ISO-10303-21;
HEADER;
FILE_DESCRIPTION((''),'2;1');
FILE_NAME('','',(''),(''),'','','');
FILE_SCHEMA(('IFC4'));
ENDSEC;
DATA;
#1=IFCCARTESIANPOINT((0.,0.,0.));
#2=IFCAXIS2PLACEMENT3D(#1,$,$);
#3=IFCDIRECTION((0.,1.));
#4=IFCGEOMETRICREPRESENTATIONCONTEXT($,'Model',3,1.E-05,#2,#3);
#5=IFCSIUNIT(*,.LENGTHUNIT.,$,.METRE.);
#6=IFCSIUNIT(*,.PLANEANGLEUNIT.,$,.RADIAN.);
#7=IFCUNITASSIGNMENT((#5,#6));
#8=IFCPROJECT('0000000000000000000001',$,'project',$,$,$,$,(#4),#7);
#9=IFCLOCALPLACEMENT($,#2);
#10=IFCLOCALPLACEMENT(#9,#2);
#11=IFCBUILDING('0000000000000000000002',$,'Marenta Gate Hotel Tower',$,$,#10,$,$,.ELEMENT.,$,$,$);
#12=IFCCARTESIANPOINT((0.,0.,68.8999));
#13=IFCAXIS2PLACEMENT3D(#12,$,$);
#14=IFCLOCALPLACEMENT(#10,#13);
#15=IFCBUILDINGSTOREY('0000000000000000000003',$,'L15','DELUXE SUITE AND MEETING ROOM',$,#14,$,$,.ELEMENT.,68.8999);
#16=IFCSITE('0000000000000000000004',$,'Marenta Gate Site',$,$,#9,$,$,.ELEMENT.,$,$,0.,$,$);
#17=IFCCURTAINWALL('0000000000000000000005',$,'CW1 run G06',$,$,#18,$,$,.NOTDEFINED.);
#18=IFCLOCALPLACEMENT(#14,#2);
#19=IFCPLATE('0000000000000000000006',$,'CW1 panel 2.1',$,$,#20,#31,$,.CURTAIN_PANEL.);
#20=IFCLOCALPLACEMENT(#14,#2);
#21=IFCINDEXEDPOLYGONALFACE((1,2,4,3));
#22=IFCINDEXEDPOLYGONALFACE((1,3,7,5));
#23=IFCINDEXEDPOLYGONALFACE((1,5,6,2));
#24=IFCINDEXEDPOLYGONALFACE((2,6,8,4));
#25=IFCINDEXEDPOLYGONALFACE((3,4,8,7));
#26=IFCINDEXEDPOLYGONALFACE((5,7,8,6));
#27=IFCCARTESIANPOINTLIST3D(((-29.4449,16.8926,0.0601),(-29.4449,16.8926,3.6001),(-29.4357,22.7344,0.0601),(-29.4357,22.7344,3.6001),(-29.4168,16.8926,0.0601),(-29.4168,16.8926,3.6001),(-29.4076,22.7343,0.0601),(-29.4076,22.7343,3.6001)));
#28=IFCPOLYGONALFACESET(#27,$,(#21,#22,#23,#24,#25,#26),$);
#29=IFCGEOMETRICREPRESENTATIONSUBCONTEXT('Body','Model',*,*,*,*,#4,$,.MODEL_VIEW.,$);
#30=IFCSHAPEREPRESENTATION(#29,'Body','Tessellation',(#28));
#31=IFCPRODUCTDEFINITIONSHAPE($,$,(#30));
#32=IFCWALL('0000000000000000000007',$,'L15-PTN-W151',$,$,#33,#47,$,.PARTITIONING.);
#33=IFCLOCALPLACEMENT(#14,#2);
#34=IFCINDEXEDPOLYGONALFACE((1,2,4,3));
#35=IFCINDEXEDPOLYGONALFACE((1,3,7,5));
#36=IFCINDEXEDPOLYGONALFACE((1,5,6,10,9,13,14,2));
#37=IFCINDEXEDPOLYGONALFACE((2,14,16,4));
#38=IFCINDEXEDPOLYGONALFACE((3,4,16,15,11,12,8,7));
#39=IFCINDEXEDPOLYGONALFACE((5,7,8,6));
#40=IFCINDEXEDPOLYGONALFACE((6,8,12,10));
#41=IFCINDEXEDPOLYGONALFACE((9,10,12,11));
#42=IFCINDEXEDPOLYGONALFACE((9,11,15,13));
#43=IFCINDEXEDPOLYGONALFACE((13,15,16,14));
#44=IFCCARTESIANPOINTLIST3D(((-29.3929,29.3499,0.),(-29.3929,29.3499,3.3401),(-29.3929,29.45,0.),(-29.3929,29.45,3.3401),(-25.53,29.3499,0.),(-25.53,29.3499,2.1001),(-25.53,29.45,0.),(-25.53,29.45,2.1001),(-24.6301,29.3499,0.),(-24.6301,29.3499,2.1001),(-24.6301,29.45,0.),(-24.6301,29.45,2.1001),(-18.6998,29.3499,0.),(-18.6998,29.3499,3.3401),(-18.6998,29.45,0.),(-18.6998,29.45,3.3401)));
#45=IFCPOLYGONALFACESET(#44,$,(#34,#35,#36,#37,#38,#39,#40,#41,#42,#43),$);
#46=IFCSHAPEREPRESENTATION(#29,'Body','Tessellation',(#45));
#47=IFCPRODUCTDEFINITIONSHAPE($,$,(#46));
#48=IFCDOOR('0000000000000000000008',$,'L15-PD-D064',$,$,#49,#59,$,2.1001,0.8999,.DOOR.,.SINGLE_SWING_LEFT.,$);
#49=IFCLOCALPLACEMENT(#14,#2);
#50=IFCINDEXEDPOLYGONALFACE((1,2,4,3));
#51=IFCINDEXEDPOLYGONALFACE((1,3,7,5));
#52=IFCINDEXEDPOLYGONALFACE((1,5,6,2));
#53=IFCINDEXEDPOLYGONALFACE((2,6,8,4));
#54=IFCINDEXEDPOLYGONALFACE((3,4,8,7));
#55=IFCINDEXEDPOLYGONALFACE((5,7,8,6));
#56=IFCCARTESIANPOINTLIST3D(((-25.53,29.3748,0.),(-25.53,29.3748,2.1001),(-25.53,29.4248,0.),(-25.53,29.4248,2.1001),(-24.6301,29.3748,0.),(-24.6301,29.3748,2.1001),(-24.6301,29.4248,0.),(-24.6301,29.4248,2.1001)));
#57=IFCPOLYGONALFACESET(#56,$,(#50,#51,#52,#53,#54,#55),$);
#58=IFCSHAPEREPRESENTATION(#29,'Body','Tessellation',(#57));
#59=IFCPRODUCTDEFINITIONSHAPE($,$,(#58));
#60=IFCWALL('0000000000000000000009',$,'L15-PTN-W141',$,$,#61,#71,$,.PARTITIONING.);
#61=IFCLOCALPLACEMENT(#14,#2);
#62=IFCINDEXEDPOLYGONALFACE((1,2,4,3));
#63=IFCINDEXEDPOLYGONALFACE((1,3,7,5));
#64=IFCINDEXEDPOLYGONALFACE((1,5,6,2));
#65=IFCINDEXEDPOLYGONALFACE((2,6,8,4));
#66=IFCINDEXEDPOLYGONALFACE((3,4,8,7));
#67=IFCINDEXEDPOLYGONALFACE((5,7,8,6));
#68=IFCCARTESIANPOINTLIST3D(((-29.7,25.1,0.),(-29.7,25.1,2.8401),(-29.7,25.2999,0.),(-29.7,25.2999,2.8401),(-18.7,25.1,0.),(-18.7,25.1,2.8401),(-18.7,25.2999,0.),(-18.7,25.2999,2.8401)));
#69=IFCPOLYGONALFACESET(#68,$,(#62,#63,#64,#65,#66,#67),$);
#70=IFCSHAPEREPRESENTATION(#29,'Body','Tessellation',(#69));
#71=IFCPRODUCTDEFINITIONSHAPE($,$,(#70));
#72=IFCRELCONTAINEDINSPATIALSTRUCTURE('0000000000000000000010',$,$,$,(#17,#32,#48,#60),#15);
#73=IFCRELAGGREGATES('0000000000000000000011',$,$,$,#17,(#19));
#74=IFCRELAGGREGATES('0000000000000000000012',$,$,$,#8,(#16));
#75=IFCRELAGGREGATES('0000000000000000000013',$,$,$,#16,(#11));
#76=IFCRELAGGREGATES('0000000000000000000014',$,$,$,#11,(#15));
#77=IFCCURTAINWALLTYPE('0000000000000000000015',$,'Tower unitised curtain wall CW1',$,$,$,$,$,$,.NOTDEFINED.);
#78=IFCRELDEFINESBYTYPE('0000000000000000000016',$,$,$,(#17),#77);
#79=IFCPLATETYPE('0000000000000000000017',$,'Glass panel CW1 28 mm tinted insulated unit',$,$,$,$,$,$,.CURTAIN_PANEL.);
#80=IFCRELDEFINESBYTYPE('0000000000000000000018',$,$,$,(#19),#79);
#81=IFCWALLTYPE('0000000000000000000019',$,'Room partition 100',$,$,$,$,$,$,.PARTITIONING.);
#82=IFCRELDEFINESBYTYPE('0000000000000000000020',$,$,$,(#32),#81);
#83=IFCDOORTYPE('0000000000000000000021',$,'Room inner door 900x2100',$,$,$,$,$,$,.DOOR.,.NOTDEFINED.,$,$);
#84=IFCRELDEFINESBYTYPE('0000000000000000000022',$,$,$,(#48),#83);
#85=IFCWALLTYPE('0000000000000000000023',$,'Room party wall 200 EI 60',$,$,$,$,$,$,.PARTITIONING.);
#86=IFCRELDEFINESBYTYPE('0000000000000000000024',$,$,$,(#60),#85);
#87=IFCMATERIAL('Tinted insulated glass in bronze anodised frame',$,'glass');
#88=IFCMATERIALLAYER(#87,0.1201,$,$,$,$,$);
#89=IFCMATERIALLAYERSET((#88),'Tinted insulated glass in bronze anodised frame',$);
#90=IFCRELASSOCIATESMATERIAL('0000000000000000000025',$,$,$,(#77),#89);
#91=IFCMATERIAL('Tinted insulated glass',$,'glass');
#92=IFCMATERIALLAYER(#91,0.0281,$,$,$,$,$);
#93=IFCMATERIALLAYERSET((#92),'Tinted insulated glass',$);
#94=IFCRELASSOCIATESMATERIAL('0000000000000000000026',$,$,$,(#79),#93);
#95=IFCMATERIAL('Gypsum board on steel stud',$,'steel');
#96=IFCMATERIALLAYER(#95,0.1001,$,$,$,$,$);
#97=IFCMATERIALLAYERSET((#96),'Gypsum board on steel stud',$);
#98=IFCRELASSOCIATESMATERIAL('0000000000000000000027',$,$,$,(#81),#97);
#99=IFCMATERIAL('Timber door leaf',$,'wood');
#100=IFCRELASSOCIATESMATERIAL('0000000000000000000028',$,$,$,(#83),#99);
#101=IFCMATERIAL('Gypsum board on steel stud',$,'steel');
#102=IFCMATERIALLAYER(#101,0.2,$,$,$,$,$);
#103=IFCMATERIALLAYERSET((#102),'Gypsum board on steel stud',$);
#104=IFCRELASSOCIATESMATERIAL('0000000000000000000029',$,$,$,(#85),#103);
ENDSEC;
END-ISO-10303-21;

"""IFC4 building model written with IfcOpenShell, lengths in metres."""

from ifc_helpers import new_model, si_unit, direction, frame, frame_2d, origin, origin_2d, place, context, subcontext, project, spatial, rectangle, extrude, material, layer, layer_set, type_object, element, fill, aggregate, save


model = new_model("IFC4")

# Units and contexts
model_context = context("Model", 3, precision=1e-05, world=origin(), true_north=direction((0.0, 1.0)))
body_context = subcontext(model_context, "Body", "Model", "MODEL_VIEW")
ifc_project = project(units=[si_unit("LENGTHUNIT", "METRE"), si_unit("PLANEANGLEUNIT", "RADIAN")], contexts=[model_context])

# Site, building, storey
site_placement = place(None, origin())
site = spatial("IfcSite", under=ifc_project, at=site_placement, Name="Marenta Gate Site", CompositionType="ELEMENT", RefElevation=0.0)
building_placement = place(site_placement, origin())
building = spatial("IfcBuilding", under=site, at=building_placement, Name="Marenta Gate Hotel Tower", CompositionType="ELEMENT")
storey_placement = place(building_placement, frame((0.0, 0.0, 68.8999)))
storey = spatial("IfcBuildingStorey", under=building, at=storey_placement, Name="L15", Description="DELUXE SUITE AND MEETING ROOM", CompositionType="ELEMENT", Elevation=68.8999)

# Shared definitions
ifc_material_1 = material(Name="Tinted insulated glass in bronze anodised frame", Category="glass")
ifc_layer_1 = layer(ifc_material_1, 0.1201)
ifc_layer_set_1 = layer_set([ifc_layer_1], Name="Tinted insulated glass in bronze anodised frame")
curtain_wall_type = type_object("IfcCurtainWallType", Name="Tower unitised curtain wall CW1", PredefinedType="NOTDEFINED", material=ifc_layer_set_1)

# Curtain wall
curtain_wall_1_placement = place(storey_placement, origin())
curtain_wall_1 = element("IfcCurtainWall", 1, at=curtain_wall_1_placement, inside=storey, type_object=curtain_wall_type, Name="CW1 run G06", PredefinedType="NOTDEFINED")

# Plate
ifc_material_2 = material(Name="Tinted insulated glass", Category="glass")
ifc_layer_2 = layer(ifc_material_2, 0.0281)
ifc_layer_set_2 = layer_set([ifc_layer_2], Name="Tinted insulated glass")
plate_type = type_object("IfcPlateType", Name="Glass panel CW1 28 mm tinted insulated unit", PredefinedType="CURTAIN_PANEL", material=ifc_layer_set_2)
plate_1_placement = place(storey_placement, frame((-29.4263, 19.8135, 0.0601), z_axis=(0.0, 0.0, 1.0), x_axis=(-0.00157, -0.999999, 0.0)))
plate_1 = element("IfcPlate", 2, at=plate_1_placement, type_object=plate_type, Name="CW1 panel 2.1", PredefinedType="CURTAIN_PANEL", context=body_context, shape_type="SweptSolid", body=[
    extrude(rectangle(XDim=5.8418, YDim=0.0281, at=origin_2d()), origin(), (0.0, 0.0, 1.0), 3.54),
])
aggregate(curtain_wall_1, [plate_1])

# Wall, opening, door
ifc_material_3 = material(Name="Gypsum board on steel stud", Category="steel")
ifc_layer_3 = layer(ifc_material_3, 0.1001)
ifc_layer_set_3 = layer_set([ifc_layer_3], Name="Gypsum board on steel stud")
wall_type_1 = type_object("IfcWallType", Name="Room partition 100", PredefinedType="PARTITIONING", material=ifc_layer_set_3)
wall_1_placement = place(storey_placement, frame((-29.3931, 29.3999, 0.0), z_axis=(0.0, 0.0, 1.0), x_axis=(1.0, 0.0, 0.0)))
wall_1 = element("IfcWall", 3, at=wall_1_placement, inside=storey, type_object=wall_type_1, Name="L15-PTN-W151", PredefinedType="PARTITIONING", context=body_context, shape_type="SweptSolid", body=[
    extrude(rectangle(XDim=10.6931, YDim=0.1001, at=frame_2d((5.3467, 0.0))), origin(), (0.0, 0.0, 1.0), 3.3401),
])
opening_placement = place(wall_1_placement, frame((3.863, 0.0, 0.0)))
opening = element("IfcOpeningElement", 4, at=opening_placement, cuts=wall_1, PredefinedType="OPENING", context=body_context, shape_type="SweptSolid", body=[
    extrude(rectangle(XDim=0.8999, YDim=2.1001, at=frame_2d((0.45, 1.05))), frame((0.0, 0.05, 0.0), z_axis=(0.0, -1.0, 0.0), x_axis=(1.0, 0.0, 0.0)), (0.0, 0.0, 1.0), 0.1001),
])
ifc_material_4 = material(Name="Timber door leaf", Category="wood")
door_type = type_object("IfcDoorType", Name="Room inner door 900x2100", OperationType="NOTDEFINED", PredefinedType="DOOR", material=ifc_material_4)
door_placement = place(opening_placement, origin())
door = element("IfcDoor", 5, at=door_placement, inside=storey, type_object=door_type, Name="L15-PD-D064", OperationType="SINGLE_SWING_LEFT", OverallHeight=2.1001, OverallWidth=0.8999, PredefinedType="DOOR", context=body_context, shape_type="SweptSolid", body=[
    extrude(rectangle(XDim=0.8999, YDim=2.1001, at=frame_2d((0.45, 1.05))), frame((0.0, 0.0249, 0.0), z_axis=(0.0, -1.0, 0.0), x_axis=(1.0, 0.0, 0.0)), (0.0, 0.0, 1.0), 0.05),
])
fill(opening, door)

# Wall
ifc_material_5 = material(Name="Gypsum board on steel stud", Category="steel")
ifc_layer_4 = layer(ifc_material_5, 0.2)
ifc_layer_set_4 = layer_set([ifc_layer_4], Name="Gypsum board on steel stud")
wall_type_2 = type_object("IfcWallType", Name="Room party wall 200 EI 60", PredefinedType="PARTITIONING", material=ifc_layer_set_4)
wall_2_placement = place(storey_placement, frame((-29.7, 25.2, 0.0), z_axis=(0.0, 0.0, 1.0), x_axis=(1.0, 0.0, 0.0)))
element("IfcWall", 6, at=wall_2_placement, inside=storey, type_object=wall_type_2, Name="L15-PTN-W141", PredefinedType="PARTITIONING", context=body_context, shape_type="SweptSolid", body=[
    extrude(rectangle(XDim=11.0, YDim=0.2, at=frame_2d((5.5, 0.0))), origin(), (0.0, 0.0, 1.0), 2.8401),
])

save(model, "model.ifc")
